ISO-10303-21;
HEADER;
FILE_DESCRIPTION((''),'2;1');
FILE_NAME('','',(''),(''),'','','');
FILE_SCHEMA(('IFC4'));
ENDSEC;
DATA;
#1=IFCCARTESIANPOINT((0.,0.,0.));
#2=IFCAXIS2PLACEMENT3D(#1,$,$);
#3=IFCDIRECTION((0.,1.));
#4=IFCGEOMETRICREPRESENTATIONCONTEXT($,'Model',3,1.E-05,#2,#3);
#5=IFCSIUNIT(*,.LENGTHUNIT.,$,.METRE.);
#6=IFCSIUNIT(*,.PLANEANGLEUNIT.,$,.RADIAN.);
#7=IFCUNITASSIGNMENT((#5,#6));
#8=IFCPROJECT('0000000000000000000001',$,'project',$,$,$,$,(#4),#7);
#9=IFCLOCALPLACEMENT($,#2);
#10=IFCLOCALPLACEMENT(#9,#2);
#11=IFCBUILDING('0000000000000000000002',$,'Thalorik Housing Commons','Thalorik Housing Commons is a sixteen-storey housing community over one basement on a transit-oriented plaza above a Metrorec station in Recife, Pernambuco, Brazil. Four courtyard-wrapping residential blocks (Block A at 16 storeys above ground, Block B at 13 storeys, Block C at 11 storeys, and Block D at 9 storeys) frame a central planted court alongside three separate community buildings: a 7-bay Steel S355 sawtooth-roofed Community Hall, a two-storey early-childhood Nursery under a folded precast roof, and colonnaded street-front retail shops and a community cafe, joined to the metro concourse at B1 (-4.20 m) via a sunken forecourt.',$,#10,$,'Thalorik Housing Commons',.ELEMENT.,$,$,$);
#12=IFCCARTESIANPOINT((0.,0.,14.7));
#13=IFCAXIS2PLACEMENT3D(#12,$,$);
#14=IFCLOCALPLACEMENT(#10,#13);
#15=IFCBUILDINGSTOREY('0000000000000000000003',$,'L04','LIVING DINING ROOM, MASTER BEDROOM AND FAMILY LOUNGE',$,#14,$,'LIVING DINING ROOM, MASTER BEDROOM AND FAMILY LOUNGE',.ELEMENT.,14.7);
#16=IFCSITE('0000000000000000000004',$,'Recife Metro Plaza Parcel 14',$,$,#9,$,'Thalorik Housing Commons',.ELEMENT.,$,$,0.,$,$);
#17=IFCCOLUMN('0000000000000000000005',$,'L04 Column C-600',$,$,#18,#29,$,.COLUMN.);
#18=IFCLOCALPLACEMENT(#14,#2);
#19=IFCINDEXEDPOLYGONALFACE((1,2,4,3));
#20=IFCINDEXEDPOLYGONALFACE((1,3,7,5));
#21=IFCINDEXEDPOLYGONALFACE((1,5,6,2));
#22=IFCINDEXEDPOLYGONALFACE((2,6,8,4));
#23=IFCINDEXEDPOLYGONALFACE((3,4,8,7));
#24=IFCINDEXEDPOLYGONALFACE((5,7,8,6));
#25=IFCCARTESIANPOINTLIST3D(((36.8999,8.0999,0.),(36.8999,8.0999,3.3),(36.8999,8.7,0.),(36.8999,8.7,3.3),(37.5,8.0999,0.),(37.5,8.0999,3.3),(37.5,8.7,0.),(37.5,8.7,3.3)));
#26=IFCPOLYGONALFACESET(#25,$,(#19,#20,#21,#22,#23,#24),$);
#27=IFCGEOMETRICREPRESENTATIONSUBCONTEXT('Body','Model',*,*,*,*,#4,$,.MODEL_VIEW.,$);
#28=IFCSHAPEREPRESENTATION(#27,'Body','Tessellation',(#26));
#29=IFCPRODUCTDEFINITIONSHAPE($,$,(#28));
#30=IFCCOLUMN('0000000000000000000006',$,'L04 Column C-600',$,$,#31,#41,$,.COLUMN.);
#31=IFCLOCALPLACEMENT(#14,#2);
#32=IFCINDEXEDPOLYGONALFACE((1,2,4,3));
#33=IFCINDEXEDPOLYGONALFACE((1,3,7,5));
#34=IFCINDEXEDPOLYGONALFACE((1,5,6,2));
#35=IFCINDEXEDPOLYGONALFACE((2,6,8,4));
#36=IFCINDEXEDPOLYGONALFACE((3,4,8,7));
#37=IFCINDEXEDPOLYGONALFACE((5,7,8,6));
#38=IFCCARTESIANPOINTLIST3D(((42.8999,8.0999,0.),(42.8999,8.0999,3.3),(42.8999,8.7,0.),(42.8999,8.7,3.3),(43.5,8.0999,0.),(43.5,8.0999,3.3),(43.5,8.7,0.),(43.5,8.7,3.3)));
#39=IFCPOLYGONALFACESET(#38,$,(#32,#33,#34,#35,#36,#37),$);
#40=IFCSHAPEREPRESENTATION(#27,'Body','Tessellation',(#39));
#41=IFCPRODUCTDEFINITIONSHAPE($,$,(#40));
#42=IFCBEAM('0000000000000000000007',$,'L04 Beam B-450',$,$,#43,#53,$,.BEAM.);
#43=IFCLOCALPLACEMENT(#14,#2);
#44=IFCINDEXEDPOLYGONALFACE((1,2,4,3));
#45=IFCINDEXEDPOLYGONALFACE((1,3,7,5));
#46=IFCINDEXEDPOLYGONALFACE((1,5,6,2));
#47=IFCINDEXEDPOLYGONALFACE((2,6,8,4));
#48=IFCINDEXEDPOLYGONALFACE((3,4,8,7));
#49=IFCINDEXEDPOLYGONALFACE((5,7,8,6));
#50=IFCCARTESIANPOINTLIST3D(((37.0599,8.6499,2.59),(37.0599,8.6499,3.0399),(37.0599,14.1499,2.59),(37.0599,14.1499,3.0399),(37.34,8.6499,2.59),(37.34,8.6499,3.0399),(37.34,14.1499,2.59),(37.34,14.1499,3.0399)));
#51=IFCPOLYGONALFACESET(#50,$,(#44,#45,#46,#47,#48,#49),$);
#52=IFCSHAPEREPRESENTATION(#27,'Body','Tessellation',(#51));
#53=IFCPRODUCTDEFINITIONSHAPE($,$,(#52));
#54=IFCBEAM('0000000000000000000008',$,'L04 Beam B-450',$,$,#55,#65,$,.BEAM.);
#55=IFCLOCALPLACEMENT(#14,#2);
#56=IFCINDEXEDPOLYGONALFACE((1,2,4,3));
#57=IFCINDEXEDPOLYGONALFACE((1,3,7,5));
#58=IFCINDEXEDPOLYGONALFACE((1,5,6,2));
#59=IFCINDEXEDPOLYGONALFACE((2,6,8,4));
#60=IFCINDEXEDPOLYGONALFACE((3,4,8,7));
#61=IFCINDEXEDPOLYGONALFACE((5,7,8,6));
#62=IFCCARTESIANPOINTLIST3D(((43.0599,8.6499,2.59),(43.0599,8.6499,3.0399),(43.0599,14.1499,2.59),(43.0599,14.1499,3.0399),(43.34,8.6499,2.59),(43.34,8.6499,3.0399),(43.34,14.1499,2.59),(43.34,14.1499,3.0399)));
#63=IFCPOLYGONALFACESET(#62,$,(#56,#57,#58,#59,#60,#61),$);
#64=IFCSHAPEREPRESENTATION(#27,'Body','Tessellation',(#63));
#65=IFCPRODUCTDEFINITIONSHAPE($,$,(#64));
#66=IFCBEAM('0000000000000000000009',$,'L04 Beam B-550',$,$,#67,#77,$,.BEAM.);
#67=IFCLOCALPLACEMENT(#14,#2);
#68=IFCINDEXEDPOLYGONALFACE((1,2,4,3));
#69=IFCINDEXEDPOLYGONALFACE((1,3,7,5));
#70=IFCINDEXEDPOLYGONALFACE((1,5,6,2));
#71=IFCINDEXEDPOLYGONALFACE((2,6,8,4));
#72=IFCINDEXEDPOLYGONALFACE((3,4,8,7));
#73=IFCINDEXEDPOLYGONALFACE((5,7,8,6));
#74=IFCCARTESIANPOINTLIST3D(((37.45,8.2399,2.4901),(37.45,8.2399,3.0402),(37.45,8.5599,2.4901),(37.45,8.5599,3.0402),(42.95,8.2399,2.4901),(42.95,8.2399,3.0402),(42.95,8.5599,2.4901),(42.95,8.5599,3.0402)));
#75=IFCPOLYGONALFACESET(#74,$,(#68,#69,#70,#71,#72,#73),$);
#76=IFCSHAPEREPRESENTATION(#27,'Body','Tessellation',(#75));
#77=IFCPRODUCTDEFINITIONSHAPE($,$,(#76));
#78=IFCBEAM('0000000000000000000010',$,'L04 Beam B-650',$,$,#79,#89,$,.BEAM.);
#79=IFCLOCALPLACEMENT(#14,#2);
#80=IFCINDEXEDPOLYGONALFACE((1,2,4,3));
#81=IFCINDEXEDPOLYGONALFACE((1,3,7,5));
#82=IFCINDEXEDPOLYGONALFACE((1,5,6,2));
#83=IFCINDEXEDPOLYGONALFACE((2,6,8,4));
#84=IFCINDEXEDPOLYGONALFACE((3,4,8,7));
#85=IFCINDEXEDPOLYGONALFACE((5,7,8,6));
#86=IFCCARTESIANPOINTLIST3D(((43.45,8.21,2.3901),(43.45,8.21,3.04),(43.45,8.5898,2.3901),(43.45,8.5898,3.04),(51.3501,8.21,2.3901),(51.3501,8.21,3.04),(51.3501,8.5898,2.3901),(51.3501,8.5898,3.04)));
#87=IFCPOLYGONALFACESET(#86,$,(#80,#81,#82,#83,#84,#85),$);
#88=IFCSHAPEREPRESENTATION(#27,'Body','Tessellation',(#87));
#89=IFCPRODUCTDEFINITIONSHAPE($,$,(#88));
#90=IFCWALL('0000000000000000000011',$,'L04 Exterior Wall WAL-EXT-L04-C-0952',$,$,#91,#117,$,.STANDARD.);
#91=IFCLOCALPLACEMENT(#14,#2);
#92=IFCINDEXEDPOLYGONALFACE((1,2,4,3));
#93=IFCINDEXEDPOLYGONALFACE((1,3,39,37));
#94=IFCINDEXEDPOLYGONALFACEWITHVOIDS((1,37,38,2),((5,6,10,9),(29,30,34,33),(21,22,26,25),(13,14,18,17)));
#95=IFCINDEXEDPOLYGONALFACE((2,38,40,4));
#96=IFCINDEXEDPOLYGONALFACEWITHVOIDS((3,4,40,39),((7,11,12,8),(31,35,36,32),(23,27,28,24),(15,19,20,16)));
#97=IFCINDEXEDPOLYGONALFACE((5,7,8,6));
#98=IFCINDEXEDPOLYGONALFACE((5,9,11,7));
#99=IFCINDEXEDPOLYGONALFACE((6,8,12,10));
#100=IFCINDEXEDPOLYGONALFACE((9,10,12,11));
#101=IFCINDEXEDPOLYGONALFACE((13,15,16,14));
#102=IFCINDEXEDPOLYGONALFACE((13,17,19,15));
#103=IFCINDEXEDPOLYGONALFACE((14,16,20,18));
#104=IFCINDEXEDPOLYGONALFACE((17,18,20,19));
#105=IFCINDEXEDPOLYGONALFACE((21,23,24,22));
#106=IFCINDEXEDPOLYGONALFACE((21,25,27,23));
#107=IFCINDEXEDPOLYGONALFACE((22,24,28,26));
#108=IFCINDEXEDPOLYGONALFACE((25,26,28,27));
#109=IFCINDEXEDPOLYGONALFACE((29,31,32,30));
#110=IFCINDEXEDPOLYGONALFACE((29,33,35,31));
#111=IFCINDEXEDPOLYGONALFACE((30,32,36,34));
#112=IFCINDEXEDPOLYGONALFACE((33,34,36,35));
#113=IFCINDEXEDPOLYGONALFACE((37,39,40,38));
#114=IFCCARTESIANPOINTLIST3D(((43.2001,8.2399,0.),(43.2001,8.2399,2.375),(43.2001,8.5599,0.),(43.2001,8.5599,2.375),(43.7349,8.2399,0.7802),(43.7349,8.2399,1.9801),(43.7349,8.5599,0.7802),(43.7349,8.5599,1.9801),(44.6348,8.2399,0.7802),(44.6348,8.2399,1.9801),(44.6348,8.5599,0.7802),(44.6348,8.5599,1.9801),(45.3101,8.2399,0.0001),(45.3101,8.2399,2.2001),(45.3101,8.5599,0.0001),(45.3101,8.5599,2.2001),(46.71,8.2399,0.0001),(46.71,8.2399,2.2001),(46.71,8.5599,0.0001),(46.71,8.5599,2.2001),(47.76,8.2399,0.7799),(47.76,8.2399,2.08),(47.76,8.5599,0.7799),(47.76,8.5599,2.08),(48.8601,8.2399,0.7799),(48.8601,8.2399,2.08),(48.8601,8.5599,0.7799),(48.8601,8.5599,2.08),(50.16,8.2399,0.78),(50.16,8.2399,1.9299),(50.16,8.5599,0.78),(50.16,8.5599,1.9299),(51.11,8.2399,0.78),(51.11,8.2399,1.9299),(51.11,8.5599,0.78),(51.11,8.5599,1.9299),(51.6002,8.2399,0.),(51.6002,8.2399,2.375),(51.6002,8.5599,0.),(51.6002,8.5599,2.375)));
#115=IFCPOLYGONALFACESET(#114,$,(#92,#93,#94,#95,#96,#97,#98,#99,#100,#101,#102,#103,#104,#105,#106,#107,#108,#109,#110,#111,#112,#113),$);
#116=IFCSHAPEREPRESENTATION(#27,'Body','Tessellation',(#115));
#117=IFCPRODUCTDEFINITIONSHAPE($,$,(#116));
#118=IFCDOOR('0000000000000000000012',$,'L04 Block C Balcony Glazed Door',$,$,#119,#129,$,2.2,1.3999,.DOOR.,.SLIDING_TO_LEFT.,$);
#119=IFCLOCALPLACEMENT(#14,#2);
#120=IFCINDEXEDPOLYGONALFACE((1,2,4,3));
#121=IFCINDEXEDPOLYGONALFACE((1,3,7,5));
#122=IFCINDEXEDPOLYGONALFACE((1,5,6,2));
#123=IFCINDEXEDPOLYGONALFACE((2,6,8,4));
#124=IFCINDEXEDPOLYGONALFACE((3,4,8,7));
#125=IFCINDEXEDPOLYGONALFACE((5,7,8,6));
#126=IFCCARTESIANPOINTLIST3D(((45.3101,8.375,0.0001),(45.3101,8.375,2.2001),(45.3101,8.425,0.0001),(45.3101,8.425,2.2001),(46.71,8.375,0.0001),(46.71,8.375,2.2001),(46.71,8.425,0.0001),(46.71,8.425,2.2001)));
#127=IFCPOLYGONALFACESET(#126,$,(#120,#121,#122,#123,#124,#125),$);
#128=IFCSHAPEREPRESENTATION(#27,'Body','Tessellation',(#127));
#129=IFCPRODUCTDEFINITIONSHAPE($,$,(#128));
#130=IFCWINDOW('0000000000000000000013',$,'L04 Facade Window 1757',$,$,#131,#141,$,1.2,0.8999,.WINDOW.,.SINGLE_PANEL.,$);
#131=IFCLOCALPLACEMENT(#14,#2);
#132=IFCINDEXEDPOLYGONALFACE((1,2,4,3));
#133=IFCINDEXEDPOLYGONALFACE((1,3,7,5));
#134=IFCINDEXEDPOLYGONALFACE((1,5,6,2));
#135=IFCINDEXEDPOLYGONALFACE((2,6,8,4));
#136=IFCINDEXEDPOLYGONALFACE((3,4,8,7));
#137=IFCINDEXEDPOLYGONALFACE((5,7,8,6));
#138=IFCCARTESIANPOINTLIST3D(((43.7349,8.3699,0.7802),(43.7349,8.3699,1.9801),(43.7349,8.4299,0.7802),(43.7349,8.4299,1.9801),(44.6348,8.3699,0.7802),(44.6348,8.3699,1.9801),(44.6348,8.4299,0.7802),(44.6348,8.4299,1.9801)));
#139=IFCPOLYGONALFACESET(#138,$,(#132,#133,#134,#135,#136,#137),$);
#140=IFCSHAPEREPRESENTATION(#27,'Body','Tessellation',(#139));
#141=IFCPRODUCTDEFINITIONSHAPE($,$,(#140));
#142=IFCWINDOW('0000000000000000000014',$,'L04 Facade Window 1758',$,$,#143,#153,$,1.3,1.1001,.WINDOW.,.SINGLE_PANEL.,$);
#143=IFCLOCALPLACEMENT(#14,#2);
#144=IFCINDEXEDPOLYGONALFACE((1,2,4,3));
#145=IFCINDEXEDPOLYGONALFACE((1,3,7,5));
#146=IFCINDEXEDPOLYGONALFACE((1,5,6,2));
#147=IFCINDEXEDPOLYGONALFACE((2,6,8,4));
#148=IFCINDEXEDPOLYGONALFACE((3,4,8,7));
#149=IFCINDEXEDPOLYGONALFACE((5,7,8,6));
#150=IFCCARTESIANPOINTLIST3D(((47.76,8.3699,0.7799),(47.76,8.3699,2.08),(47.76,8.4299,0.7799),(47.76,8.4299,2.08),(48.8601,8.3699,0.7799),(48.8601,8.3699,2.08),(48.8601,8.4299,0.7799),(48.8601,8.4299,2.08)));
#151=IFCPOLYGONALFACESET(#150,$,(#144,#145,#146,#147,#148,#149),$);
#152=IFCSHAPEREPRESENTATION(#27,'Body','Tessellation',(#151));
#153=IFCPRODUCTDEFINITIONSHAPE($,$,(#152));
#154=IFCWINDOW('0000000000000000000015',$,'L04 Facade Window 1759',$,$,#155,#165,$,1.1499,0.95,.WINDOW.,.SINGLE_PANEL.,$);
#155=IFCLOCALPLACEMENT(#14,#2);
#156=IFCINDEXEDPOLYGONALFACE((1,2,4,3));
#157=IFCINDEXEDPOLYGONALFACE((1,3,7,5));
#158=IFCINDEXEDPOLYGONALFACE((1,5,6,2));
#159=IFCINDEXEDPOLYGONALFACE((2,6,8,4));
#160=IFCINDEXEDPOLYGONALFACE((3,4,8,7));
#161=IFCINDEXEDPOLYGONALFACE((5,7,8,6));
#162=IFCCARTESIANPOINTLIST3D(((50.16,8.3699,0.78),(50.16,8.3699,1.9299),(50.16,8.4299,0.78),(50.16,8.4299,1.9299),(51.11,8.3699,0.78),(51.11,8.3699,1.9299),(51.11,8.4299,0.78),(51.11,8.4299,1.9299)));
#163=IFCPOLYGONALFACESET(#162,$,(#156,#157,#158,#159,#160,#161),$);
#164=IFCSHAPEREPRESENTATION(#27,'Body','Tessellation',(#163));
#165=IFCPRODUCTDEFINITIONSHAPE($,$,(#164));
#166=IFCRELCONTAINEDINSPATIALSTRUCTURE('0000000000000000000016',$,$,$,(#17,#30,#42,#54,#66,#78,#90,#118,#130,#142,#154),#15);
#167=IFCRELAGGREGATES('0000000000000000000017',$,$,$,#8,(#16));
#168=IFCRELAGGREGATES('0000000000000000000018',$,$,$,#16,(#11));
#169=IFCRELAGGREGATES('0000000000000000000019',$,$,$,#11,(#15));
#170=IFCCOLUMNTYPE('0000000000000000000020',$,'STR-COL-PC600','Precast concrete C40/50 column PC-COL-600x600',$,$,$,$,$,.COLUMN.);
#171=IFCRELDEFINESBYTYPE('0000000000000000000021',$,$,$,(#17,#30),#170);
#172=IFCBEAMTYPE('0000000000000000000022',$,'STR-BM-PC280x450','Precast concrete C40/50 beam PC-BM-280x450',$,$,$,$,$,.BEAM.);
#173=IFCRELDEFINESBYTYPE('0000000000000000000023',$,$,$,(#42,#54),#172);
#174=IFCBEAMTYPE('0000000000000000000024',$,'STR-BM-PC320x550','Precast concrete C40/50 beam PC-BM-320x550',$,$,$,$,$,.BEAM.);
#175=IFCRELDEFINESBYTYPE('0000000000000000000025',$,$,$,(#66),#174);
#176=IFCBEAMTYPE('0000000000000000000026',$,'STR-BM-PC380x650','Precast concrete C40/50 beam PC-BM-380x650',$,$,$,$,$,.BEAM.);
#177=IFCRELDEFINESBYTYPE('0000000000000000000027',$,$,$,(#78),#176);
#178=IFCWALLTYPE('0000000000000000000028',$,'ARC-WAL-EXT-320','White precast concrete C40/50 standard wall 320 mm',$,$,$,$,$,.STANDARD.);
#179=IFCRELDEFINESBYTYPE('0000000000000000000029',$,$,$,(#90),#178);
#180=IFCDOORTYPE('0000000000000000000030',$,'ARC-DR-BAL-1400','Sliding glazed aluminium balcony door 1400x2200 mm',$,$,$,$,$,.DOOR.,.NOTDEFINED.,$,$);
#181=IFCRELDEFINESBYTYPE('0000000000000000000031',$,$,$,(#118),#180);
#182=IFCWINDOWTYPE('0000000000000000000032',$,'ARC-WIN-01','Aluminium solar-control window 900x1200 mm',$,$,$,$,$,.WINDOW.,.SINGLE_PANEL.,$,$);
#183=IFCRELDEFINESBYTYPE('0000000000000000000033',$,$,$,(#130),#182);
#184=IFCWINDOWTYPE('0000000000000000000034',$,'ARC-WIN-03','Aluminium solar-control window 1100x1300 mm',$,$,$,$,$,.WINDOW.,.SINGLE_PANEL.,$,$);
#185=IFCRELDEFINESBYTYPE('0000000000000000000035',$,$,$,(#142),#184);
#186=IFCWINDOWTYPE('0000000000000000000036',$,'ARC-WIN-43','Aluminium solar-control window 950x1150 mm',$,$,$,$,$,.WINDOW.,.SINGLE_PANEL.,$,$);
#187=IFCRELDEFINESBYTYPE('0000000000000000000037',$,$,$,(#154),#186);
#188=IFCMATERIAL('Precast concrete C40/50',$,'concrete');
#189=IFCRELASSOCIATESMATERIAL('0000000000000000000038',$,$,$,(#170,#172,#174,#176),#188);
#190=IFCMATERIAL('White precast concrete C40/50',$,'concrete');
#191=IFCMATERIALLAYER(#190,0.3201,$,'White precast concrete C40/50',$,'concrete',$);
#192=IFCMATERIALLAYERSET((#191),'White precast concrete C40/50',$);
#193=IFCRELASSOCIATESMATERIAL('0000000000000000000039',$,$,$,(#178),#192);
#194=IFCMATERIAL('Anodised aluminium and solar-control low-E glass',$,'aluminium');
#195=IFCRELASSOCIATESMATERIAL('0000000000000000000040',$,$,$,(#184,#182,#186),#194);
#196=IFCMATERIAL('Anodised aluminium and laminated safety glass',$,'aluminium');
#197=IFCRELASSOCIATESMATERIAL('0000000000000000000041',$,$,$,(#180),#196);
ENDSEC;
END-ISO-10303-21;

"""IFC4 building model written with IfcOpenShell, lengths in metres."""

from ifc_helpers import new_model, si_unit, direction, frame, frame_2d, origin, origin_2d, place, context, subcontext, project, spatial, rectangle, extrude, material, layer, layer_set, material_profile, profile_set, type_object, element, fill, save


model = new_model("IFC4")

# Units and contexts
model_context = context("Model", 3, precision=1e-05, world=origin(), true_north=direction((0.0, 1.0)))
body_context = subcontext(model_context, "Body", "Model", "MODEL_VIEW")
ifc_project = project(units=[si_unit("LENGTHUNIT", "METRE"), si_unit("PLANEANGLEUNIT", "RADIAN")], contexts=[model_context])

# Site, building, storey
site_placement = place(None, origin())
site = spatial("IfcSite", under=ifc_project, at=site_placement, Name="Recife Metro Plaza Parcel 14", LongName="Thalorik Housing Commons", CompositionType="ELEMENT", RefElevation=0.0)
building_placement = place(site_placement, origin())
building = spatial("IfcBuilding", under=site, at=building_placement, Name="Thalorik Housing Commons", Description="Thalorik Housing Commons is a sixteen-storey housing community over one basement on a transit-oriented plaza above a Metrorec station in Recife, Pernambuco, Brazil. Four courtyard-wrapping residential blocks (Block A at 16 storeys above ground, Block B at 13 storeys, Block C at 11 storeys, and Block D at 9 storeys) frame a central planted court alongside three separate community buildings: a 7-bay Steel S355 sawtooth-roofed Community Hall, a two-storey early-childhood Nursery under a folded precast roof, and colonnaded street-front retail shops and a community cafe, joined to the metro concourse at B1 (-4.20 m) via a sunken forecourt.", LongName="Thalorik Housing Commons", CompositionType="ELEMENT")
storey_placement = place(building_placement, frame((0.0, 0.0, 14.7)))
storey = spatial("IfcBuildingStorey", under=building, at=storey_placement, Name="L04", Description="LIVING DINING ROOM, MASTER BEDROOM AND FAMILY LOUNGE", LongName="LIVING DINING ROOM, MASTER BEDROOM AND FAMILY LOUNGE", CompositionType="ELEMENT", Elevation=14.7)

# Columns
ifc_material_1 = material(Name="Precast concrete C40/50", Category="concrete")
ifc_material_profile_1 = material_profile(ifc_material_1, rectangle(XDim=0.6001, YDim=0.6001, at=origin_2d()), Name="PC 600x600", Category="concrete")
ifc_profile_set_1 = profile_set([ifc_material_profile_1], Name="Precast concrete C40/50")
column_type = type_object("IfcColumnType", Name="STR-COL-PC600", Description="Precast concrete C40/50 column PC-COL-600x600", PredefinedType="COLUMN", material=ifc_profile_set_1)
for number, where, z_axis, x_axis, name in (
    (1, (37.2, 8.3999, 0.0), (0.0, 0.0, 1.0), (1.0, 0.0, 0.0), "L04 Column C-600"),
    (2, (43.2, 8.3999, 0.0), (0.0, 0.0, 1.0), (1.0, 0.0, 0.0), "L04 Column C-600"),
):
    element("IfcColumn", number, at=place(storey_placement, frame(where, z_axis=z_axis, x_axis=x_axis)), inside=storey, type_object=column_type, Name=name, PredefinedType="COLUMN", context=body_context, shape_type="SweptSolid", body=[
        extrude(rectangle(XDim=0.6001, YDim=0.6001, at=origin_2d()), origin(), (0.0, 0.0, 1.0), 3.3),
    ])

# Beams
ifc_material_profile_2 = material_profile(ifc_material_1, rectangle(XDim=0.28, YDim=0.45, at=origin_2d()), Name="PC 280x450", Category="concrete")
ifc_profile_set_2 = profile_set([ifc_material_profile_2], Name="Precast concrete C40/50")
beam_type_1 = type_object("IfcBeamType", Name="STR-BM-PC280x450", Description="Precast concrete C40/50 beam PC-BM-280x450", PredefinedType="BEAM", material=ifc_profile_set_2)
for number, where, z_axis, x_axis, name in (
    (3, (37.2, 8.6499, 2.8149), (0.0, 1.0, 0.0), (-1.0, 0.0, 0.0), "L04 Beam B-450"),
    (4, (43.2, 8.6499, 2.8149), (0.0, 1.0, 0.0), (-1.0, 0.0, 0.0), "L04 Beam B-450"),
):
    element("IfcBeam", number, at=place(storey_placement, frame(where, z_axis=z_axis, x_axis=x_axis)), inside=storey, type_object=beam_type_1, Name=name, PredefinedType="BEAM", context=body_context, shape_type="SweptSolid", body=[
        extrude(rectangle(XDim=0.28, YDim=0.45, at=origin_2d()), origin(), (0.0, 0.0, 1.0), 5.5),
    ])
ifc_material_profile_3 = material_profile(ifc_material_1, rectangle(XDim=0.3201, YDim=0.55, at=origin_2d()), Name="PC 320x550", Category="concrete")
ifc_profile_set_3 = profile_set([ifc_material_profile_3], Name="Precast concrete C40/50")
beam_type_2 = type_object("IfcBeamType", Name="STR-BM-PC320x550", Description="Precast concrete C40/50 beam PC-BM-320x550", PredefinedType="BEAM", material=ifc_profile_set_3)
beam_1_placement = place(storey_placement, frame((37.45, 8.3999, 2.7651), z_axis=(1.0, 0.0, 0.0), x_axis=(0.0, 1.0, 0.0)))
element("IfcBeam", 5, at=beam_1_placement, inside=storey, type_object=beam_type_2, Name="L04 Beam B-550", PredefinedType="BEAM", context=body_context, shape_type="SweptSolid", body=[
    extrude(rectangle(XDim=0.3201, YDim=0.55, at=origin_2d()), origin(), (0.0, 0.0, 1.0), 5.5),
])
ifc_material_profile_4 = material_profile(ifc_material_1, rectangle(XDim=0.3799, YDim=0.6499, at=origin_2d()), Name="PC 380x650", Category="concrete")
ifc_profile_set_4 = profile_set([ifc_material_profile_4], Name="Precast concrete C40/50")
beam_type_3 = type_object("IfcBeamType", Name="STR-BM-PC380x650", Description="Precast concrete C40/50 beam PC-BM-380x650", PredefinedType="BEAM", material=ifc_profile_set_4)
beam_2_placement = place(storey_placement, frame((43.45, 8.3999, 2.7151), z_axis=(1.0, 0.0, 0.0), x_axis=(0.0, 1.0, 0.0)))
element("IfcBeam", 6, at=beam_2_placement, inside=storey, type_object=beam_type_3, Name="L04 Beam B-650", PredefinedType="BEAM", context=body_context, shape_type="SweptSolid", body=[
    extrude(rectangle(XDim=0.3799, YDim=0.6499, at=origin_2d()), origin(), (0.0, 0.0, 1.0), 7.9001),
])

# Wall, openings, door, windows
ifc_material_2 = material(Name="White precast concrete C40/50", Category="concrete")
ifc_layer_1 = layer(ifc_material_2, 0.3201, Name="White precast concrete C40/50", Category="concrete")
ifc_layer_set_1 = layer_set([ifc_layer_1], Name="White precast concrete C40/50")
wall_type_1 = type_object("IfcWallType", Name="ARC-WAL-EXT-320", Description="White precast concrete C40/50 standard wall 320 mm", PredefinedType="STANDARD", material=ifc_layer_set_1)
ifc_material_3 = material(Name="Anodised aluminium and laminated safety glass", Category="aluminium")
ifc_material_4 = material(Name="Anodised aluminium and solar-control low-E glass", Category="aluminium")
window_type_1 = type_object("IfcWindowType", Name="ARC-WIN-03", Description="Aluminium solar-control window 1100x1300 mm", PartitioningType="SINGLE_PANEL", PredefinedType="WINDOW", material=ifc_material_4)
wall_1_placement = place(storey_placement, frame((43.2, 8.3999, 0.0), z_axis=(0.0, 0.0, 1.0), x_axis=(1.0, 0.0, 0.0)))
wall_1 = element("IfcWall", 7, at=wall_1_placement, inside=storey, type_object=wall_type_1, Name="L04 Exterior Wall WAL-EXT-L04-C-0952", PredefinedType="STANDARD", context=body_context, shape_type="SweptSolid", body=[
    extrude(rectangle(XDim=8.4001, YDim=0.3201, at=frame_2d((4.2002, 0.0))), origin(), (0.0, 0.0, 1.0), 2.375),
])
opening_1_placement = place(wall_1_placement, frame((2.1101, 0.0, 0.0)))
opening_1 = element("IfcOpeningElement", 8, at=opening_1_placement, cuts=wall_1, PredefinedType="OPENING", context=body_context, shape_type="SweptSolid", body=[
    extrude(rectangle(XDim=1.3999, YDim=2.2, at=frame_2d((0.7, 1.1001))), frame((0.0, 0.1699, 0.0), z_axis=(0.0, -1.0, 0.0), x_axis=(1.0, 0.0, 0.0)), (0.0, 0.0, 1.0), 0.3401),
])
opening_2_placement = place(wall_1_placement, frame((0.5349, 0.0, 0.78)))
opening_2 = element("IfcOpeningElement", 9, at=opening_2_placement, cuts=wall_1, PredefinedType="OPENING", context=body_context, shape_type="SweptSolid", body=[
    extrude(rectangle(XDim=0.8999, YDim=1.2, at=frame_2d((0.45, 0.6001))), frame((0.0, 0.1699, 0.0), z_axis=(0.0, -1.0, 0.0), x_axis=(1.0, 0.0, 0.0)), (0.0, 0.0, 1.0), 0.3401),
])
opening_3_placement = place(wall_1_placement, frame((4.5601, 0.0, 0.78)))
opening_3 = element("IfcOpeningElement", 10, at=opening_3_placement, cuts=wall_1, PredefinedType="OPENING", context=body_context, shape_type="SweptSolid", body=[
    extrude(rectangle(XDim=1.1001, YDim=1.3, at=frame_2d((0.55, 0.6499))), frame((0.0, 0.1699, 0.0), z_axis=(0.0, -1.0, 0.0), x_axis=(1.0, 0.0, 0.0)), (0.0, 0.0, 1.0), 0.3401),
])
opening_4_placement = place(wall_1_placement, frame((6.96, 0.0, 0.78)))
opening_4 = element("IfcOpeningElement", 11, at=opening_4_placement, cuts=wall_1, PredefinedType="OPENING", context=body_context, shape_type="SweptSolid", body=[
    extrude(rectangle(XDim=0.95, YDim=1.1499, at=frame_2d((0.4751, 0.575))), frame((0.0, 0.1699, 0.0), z_axis=(0.0, -1.0, 0.0), x_axis=(1.0, 0.0, 0.0)), (0.0, 0.0, 1.0), 0.3401),
])
door_type_1 = type_object("IfcDoorType", Name="ARC-DR-BAL-1400", Description="Sliding glazed aluminium balcony door 1400x2200 mm", OperationType="NOTDEFINED", PredefinedType="DOOR", material=ifc_material_3)
door_1_placement = place(opening_1_placement, frame((1.3999, 0.0, 0.0), z_axis=(0.0, 0.0, 1.0), x_axis=(-1.0, 0.0, 0.0)))
door_1 = element("IfcDoor", 12, at=door_1_placement, inside=storey, type_object=door_type_1, Name="L04 Block C Balcony Glazed Door", OperationType="SLIDING_TO_LEFT", OverallHeight=2.2, OverallWidth=1.3999, PredefinedType="DOOR", context=body_context, shape_type="SweptSolid", body=[
    extrude(rectangle(XDim=1.3999, YDim=2.2, at=frame_2d((0.7, 1.1001))), frame((0.0, 0.0249, 0.0), z_axis=(0.0, -1.0, 0.0), x_axis=(1.0, 0.0, 0.0)), (0.0, 0.0, 1.0), 0.05),
])
fill(opening_1, door_1)
window_type_2 = type_object("IfcWindowType", Name="ARC-WIN-01", Description="Aluminium solar-control window 900x1200 mm", PartitioningType="SINGLE_PANEL", PredefinedType="WINDOW", material=ifc_material_4)
window_1_placement = place(opening_2_placement, origin())
window_1 = element("IfcWindow", 13, at=window_1_placement, inside=storey, type_object=window_type_2, Name="L04 Facade Window 1757", OverallHeight=1.2, OverallWidth=0.8999, PartitioningType="SINGLE_PANEL", PredefinedType="WINDOW", context=body_context, shape_type="SweptSolid", body=[
    extrude(rectangle(XDim=0.8999, YDim=1.2, at=frame_2d((0.45, 0.6001))), frame((0.0, 0.03, 0.0), z_axis=(0.0, -1.0, 0.0), x_axis=(1.0, 0.0, 0.0)), (0.0, 0.0, 1.0), 0.0601),
])
fill(opening_2, window_1)
window_2_placement = place(opening_3_placement, origin())
window_2 = element("IfcWindow", 14, at=window_2_placement, inside=storey, type_object=window_type_1, Name="L04 Facade Window 1758", OverallHeight=1.3, OverallWidth=1.1001, PartitioningType="SINGLE_PANEL", PredefinedType="WINDOW", context=body_context, shape_type="SweptSolid", body=[
    extrude(rectangle(XDim=1.1001, YDim=1.3, at=frame_2d((0.55, 0.6499))), frame((0.0, 0.03, 0.0), z_axis=(0.0, -1.0, 0.0), x_axis=(1.0, 0.0, 0.0)), (0.0, 0.0, 1.0), 0.0601),
])
fill(opening_3, window_2)
window_type_3 = type_object("IfcWindowType", Name="ARC-WIN-43", Description="Aluminium solar-control window 950x1150 mm", PartitioningType="SINGLE_PANEL", PredefinedType="WINDOW", material=ifc_material_4)
window_3_placement = place(opening_4_placement, origin())
window_3 = element("IfcWindow", 15, at=window_3_placement, inside=storey, type_object=window_type_3, Name="L04 Facade Window 1759", OverallHeight=1.1499, OverallWidth=0.95, PartitioningType="SINGLE_PANEL", PredefinedType="WINDOW", context=body_context, shape_type="SweptSolid", body=[
    extrude(rectangle(XDim=0.95, YDim=1.1499, at=frame_2d((0.4751, 0.575))), frame((0.0, 0.03, 0.0), z_axis=(0.0, -1.0, 0.0), x_axis=(1.0, 0.0, 0.0)), (0.0, 0.0, 1.0), 0.0601),
])
fill(opening_4, window_3)

save(model, "model.ifc")
